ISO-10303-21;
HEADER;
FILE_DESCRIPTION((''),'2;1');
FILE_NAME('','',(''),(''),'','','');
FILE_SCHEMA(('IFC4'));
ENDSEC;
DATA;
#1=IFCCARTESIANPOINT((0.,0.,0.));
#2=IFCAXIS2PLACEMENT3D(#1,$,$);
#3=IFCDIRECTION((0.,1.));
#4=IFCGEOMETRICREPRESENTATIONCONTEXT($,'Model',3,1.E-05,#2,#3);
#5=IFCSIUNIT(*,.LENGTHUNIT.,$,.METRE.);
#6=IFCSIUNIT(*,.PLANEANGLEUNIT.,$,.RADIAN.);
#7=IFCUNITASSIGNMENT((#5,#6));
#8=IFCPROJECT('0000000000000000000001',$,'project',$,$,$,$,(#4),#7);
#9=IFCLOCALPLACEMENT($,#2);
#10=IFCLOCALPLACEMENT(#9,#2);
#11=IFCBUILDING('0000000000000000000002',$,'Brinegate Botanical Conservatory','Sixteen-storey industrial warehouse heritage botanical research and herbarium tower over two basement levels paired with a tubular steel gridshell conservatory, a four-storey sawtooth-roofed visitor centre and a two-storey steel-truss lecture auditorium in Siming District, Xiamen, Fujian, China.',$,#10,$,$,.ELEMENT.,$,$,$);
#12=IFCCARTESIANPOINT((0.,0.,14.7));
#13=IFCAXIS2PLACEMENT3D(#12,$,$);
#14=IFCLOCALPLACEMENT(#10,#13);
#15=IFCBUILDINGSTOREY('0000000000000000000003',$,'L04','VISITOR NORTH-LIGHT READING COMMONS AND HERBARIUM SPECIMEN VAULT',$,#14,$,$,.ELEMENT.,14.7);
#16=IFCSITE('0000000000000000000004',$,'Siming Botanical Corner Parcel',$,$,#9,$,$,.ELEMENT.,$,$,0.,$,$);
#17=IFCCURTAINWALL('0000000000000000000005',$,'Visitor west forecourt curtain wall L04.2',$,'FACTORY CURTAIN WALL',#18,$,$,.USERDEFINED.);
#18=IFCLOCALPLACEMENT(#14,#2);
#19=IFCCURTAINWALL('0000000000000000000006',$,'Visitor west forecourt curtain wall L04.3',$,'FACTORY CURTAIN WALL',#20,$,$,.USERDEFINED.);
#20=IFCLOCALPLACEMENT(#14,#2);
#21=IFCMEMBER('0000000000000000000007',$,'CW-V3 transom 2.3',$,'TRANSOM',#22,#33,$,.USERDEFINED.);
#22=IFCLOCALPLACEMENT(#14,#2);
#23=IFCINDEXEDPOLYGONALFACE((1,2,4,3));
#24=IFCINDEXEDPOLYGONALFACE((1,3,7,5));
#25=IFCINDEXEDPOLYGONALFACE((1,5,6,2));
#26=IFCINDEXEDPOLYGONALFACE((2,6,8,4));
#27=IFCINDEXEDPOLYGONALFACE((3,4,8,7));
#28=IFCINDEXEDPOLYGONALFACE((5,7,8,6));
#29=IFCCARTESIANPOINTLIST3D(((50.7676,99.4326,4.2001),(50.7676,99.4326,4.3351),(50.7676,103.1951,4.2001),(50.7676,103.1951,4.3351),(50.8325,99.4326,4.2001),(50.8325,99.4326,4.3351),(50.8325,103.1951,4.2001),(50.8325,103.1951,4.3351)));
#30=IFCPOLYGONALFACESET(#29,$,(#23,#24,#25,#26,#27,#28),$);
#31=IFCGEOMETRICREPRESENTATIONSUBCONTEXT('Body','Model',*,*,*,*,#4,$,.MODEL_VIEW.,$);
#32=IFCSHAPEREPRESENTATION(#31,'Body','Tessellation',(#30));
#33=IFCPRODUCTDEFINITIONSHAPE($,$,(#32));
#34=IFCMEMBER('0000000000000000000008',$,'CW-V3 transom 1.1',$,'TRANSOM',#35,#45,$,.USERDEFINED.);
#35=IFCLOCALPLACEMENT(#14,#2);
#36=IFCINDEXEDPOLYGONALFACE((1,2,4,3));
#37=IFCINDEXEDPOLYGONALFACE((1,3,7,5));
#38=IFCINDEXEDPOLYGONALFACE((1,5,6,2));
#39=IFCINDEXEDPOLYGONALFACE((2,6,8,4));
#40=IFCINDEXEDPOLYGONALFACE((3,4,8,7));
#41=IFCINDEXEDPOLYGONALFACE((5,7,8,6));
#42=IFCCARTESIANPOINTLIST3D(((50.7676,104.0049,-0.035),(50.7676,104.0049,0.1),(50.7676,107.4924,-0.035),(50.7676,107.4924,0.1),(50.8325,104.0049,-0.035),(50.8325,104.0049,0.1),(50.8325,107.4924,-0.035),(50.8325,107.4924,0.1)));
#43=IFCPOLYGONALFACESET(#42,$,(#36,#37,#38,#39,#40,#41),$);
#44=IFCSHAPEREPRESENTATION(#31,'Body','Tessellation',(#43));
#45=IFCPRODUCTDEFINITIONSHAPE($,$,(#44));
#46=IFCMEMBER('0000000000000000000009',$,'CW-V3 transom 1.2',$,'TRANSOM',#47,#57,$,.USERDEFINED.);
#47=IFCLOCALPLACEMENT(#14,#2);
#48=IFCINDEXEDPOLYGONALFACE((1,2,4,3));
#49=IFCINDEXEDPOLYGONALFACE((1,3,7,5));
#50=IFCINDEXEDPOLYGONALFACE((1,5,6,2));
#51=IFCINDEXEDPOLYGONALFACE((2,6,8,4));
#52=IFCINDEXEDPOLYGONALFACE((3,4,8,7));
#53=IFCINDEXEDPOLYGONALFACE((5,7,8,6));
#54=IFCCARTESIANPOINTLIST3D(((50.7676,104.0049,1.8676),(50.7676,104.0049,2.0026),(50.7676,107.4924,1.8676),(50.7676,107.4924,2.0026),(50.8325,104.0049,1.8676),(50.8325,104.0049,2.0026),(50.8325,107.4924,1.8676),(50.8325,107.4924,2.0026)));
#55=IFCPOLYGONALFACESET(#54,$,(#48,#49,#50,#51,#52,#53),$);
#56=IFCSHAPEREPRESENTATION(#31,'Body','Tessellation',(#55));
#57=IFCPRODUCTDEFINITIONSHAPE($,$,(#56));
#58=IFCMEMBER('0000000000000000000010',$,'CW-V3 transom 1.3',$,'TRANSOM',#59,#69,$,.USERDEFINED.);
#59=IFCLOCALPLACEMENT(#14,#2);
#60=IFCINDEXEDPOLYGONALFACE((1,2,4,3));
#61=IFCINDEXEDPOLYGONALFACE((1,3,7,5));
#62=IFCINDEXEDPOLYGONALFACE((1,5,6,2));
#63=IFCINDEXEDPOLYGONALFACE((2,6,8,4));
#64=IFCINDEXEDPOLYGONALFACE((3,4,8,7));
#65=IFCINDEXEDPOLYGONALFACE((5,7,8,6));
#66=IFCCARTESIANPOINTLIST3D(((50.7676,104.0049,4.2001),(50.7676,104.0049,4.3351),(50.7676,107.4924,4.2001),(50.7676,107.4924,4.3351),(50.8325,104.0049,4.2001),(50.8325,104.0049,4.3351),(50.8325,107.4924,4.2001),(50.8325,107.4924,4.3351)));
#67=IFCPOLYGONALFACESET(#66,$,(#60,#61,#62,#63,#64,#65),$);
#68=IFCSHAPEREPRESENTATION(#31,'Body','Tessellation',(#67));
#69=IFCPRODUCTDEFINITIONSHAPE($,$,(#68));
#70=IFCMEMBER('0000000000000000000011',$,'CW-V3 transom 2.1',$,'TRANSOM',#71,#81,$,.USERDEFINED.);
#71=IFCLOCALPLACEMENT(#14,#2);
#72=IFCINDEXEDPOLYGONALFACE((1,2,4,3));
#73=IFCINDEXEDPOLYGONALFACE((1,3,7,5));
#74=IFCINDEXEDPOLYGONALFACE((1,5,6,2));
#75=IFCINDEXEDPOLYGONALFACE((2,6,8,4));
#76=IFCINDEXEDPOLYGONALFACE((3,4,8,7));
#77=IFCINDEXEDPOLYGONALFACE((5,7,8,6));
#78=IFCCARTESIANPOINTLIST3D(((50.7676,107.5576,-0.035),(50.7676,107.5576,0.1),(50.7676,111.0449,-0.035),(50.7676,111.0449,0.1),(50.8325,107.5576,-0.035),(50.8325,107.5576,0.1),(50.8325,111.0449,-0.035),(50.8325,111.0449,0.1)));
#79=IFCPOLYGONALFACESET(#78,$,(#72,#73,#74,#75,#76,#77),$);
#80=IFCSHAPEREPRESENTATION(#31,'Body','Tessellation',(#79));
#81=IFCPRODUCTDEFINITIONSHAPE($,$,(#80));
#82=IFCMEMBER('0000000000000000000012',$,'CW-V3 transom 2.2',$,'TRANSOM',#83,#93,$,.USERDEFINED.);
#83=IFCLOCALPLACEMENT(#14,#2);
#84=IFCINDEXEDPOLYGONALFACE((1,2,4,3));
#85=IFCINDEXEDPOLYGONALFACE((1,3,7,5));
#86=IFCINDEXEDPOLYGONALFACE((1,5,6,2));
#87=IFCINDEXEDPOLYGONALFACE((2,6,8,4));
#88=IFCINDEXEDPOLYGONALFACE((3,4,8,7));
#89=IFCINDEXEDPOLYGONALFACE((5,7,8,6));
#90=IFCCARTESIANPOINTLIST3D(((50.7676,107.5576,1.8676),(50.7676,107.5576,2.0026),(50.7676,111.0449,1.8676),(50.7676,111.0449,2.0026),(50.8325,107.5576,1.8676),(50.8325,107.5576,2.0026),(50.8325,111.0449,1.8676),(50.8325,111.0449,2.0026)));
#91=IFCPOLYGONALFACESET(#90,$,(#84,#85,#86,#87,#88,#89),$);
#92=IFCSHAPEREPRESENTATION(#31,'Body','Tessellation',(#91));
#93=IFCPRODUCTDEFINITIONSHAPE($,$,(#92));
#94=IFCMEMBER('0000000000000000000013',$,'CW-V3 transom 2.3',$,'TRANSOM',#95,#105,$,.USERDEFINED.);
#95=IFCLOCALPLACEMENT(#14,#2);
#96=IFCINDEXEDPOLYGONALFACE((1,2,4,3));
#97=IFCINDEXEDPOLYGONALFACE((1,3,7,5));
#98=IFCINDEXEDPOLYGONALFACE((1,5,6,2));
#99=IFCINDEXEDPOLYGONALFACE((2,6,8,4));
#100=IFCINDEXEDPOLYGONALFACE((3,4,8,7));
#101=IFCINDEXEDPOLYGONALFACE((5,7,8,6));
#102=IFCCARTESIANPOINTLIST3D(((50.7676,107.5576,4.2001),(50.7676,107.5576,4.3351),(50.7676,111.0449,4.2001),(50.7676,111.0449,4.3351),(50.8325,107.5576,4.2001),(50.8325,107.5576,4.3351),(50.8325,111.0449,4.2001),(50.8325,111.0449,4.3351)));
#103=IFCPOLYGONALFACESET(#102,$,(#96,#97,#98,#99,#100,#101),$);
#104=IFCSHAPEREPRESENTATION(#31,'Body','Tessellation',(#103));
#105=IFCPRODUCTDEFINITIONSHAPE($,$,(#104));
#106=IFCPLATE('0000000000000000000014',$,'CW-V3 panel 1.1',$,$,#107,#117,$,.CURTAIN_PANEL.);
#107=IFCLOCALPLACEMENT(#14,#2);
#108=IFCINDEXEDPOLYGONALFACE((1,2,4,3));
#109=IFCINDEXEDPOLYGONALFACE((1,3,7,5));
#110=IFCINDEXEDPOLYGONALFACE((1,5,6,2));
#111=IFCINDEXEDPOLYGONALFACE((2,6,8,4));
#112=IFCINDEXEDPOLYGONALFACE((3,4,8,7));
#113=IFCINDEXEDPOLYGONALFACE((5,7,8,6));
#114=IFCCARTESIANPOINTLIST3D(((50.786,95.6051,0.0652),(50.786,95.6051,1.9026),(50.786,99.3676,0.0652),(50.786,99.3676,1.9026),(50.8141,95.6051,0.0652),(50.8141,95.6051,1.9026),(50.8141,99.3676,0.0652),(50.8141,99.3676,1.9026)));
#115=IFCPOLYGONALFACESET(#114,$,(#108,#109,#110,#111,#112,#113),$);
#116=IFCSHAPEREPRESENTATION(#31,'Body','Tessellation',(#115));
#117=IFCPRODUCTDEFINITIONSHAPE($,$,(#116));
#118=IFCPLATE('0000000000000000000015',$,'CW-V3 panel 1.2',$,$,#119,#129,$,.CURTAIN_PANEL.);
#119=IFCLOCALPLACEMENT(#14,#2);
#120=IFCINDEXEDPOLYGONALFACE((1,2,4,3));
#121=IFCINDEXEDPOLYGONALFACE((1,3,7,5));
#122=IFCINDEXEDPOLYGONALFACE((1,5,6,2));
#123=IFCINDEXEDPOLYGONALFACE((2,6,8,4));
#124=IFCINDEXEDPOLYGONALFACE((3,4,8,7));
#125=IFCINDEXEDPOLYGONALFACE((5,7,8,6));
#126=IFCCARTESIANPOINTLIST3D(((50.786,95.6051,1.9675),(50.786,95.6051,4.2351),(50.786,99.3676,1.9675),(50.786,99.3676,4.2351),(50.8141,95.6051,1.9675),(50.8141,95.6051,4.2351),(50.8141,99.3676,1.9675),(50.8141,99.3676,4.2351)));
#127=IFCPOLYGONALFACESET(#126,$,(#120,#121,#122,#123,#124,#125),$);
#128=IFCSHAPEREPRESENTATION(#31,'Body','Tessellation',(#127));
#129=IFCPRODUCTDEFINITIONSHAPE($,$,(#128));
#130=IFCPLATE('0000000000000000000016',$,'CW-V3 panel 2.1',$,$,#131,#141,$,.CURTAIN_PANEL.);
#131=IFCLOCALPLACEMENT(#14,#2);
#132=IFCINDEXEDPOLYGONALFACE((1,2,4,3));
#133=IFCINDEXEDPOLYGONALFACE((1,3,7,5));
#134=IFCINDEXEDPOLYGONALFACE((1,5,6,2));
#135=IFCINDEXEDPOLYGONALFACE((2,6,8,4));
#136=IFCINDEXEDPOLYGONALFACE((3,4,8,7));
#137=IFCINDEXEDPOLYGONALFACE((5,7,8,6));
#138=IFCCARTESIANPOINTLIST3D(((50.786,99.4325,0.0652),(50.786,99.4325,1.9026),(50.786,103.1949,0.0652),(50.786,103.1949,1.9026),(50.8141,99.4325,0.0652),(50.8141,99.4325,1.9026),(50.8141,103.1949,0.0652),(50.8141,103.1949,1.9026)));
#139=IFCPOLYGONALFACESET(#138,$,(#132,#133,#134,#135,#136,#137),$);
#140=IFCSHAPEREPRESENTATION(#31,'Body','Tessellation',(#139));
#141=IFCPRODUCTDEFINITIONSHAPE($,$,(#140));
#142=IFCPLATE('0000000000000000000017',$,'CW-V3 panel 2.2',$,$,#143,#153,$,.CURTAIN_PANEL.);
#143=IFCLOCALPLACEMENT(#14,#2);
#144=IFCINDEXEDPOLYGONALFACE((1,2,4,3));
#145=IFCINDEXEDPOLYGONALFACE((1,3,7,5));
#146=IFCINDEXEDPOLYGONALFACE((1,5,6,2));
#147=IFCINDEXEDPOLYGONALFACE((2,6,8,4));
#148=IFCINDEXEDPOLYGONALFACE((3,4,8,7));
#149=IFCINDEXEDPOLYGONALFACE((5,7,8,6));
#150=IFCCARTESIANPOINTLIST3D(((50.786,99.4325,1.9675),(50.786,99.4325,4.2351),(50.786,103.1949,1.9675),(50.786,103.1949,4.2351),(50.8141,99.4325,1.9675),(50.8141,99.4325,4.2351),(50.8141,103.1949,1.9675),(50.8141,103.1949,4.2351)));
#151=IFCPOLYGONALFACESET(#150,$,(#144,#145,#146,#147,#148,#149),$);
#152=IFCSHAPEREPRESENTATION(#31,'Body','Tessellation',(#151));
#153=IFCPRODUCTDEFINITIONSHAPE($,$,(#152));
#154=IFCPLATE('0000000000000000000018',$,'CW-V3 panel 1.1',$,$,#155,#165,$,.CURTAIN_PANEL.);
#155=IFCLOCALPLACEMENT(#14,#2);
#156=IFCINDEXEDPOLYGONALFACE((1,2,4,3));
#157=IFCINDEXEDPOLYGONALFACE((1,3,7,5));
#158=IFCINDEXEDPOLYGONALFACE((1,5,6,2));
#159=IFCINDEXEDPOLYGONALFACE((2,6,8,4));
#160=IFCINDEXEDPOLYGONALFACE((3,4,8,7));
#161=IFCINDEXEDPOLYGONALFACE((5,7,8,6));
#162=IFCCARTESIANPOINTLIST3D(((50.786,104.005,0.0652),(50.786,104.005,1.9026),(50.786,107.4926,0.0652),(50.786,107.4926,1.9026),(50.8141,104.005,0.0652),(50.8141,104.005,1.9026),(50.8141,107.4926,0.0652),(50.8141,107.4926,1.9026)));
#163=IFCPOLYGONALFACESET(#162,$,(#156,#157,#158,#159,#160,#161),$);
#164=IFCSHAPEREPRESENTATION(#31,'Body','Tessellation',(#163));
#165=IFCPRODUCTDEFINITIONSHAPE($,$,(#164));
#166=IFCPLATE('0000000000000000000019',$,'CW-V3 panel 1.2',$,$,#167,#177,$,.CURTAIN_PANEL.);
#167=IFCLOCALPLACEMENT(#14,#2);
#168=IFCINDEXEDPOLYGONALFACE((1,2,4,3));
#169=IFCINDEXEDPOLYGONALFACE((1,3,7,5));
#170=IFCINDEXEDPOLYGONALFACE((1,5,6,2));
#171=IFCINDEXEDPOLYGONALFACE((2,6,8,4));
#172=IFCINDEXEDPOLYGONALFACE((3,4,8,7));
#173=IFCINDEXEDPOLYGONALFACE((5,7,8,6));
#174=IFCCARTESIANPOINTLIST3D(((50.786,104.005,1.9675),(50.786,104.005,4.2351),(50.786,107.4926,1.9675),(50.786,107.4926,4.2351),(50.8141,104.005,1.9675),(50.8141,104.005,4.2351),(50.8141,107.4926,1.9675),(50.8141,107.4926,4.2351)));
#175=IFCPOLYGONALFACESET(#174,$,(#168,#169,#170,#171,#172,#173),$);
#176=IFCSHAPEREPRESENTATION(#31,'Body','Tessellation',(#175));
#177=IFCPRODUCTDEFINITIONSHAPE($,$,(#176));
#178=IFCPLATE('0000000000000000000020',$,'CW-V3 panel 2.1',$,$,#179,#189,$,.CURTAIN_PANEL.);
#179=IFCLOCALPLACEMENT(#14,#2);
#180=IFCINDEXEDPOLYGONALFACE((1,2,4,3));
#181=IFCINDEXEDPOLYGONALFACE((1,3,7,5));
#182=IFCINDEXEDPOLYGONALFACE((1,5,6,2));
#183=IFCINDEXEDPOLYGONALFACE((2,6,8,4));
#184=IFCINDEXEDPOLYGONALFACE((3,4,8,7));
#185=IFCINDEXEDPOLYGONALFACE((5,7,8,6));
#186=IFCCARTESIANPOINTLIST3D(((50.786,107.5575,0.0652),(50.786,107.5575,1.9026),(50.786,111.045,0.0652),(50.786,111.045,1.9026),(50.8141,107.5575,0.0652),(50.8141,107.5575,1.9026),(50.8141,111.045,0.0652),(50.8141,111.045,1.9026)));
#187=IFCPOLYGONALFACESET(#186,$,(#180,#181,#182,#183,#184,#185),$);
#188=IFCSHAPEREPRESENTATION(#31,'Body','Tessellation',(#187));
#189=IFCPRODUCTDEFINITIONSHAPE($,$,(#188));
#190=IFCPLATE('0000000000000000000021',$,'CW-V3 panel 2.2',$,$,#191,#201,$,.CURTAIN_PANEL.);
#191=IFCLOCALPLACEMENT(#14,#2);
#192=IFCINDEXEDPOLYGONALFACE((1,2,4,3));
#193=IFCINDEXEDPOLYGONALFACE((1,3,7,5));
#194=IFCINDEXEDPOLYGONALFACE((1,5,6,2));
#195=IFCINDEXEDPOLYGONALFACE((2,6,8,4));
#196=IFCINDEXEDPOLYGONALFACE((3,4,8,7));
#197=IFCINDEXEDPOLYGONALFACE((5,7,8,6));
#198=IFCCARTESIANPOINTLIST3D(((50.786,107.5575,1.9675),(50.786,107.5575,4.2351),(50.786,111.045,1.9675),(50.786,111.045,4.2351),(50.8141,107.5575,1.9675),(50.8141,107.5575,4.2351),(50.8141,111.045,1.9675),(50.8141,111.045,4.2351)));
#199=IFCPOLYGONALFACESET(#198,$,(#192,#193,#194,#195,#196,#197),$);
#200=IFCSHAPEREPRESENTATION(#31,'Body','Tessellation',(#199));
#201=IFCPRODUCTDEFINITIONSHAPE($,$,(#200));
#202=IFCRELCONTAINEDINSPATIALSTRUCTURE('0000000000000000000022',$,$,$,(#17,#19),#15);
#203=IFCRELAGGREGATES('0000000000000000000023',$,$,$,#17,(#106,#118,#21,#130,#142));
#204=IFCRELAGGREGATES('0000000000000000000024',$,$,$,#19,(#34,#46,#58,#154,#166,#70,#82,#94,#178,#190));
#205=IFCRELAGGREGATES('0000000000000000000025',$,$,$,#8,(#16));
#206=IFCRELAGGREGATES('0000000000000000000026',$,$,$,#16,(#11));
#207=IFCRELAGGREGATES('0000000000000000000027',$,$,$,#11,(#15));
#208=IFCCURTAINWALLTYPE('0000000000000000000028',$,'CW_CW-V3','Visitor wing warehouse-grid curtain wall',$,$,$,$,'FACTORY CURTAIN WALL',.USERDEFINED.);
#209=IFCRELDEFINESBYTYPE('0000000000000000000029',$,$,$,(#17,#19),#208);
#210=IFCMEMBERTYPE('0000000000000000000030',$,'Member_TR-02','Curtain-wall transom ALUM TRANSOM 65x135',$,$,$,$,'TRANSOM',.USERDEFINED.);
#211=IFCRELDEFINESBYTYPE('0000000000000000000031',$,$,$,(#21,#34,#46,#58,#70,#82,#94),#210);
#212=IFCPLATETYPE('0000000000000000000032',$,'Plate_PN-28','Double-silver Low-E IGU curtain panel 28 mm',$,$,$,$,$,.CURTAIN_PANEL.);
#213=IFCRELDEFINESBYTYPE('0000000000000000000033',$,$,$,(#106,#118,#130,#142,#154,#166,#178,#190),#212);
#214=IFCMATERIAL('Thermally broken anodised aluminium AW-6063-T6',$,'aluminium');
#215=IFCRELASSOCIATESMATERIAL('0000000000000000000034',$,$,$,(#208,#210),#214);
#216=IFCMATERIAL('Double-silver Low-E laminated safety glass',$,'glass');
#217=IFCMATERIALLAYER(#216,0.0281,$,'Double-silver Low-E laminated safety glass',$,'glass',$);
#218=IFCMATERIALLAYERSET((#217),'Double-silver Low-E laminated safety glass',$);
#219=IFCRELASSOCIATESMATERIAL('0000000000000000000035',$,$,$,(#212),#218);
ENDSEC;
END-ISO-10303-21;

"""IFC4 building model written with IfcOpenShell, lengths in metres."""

from ifc_helpers import new_model, si_unit, direction, frame, origin, origin_2d, place, context, subcontext, project, spatial, rectangle, extrude, material, layer, layer_set, material_profile, profile_set, type_object, element, aggregate, save


model = new_model("IFC4")

# Units and contexts
model_context = context("Model", 3, precision=1e-05, world=origin(), true_north=direction((0.0, 1.0)))
body_context = subcontext(model_context, "Body", "Model", "MODEL_VIEW")
ifc_project = project(units=[si_unit("LENGTHUNIT", "METRE"), si_unit("PLANEANGLEUNIT", "RADIAN")], contexts=[model_context])

# Site, building, storey
site_placement = place(None, origin())
site = spatial("IfcSite", under=ifc_project, at=site_placement, Name="Siming Botanical Corner Parcel", CompositionType="ELEMENT", RefElevation=0.0)
building_placement = place(site_placement, origin())
building = spatial("IfcBuilding", under=site, at=building_placement, Name="Brinegate Botanical Conservatory", Description="Sixteen-storey industrial warehouse heritage botanical research and herbarium tower over two basement levels paired with a tubular steel gridshell conservatory, a four-storey sawtooth-roofed visitor centre and a two-storey steel-truss lecture auditorium in Siming District, Xiamen, Fujian, China.", CompositionType="ELEMENT")
storey_placement = place(building_placement, frame((0.0, 0.0, 14.7)))
storey = spatial("IfcBuildingStorey", under=building, at=storey_placement, Name="L04", Description="VISITOR NORTH-LIGHT READING COMMONS AND HERBARIUM SPECIMEN VAULT", CompositionType="ELEMENT", Elevation=14.7)

# Curtain walls
ifc_material_1 = material(Name="Thermally broken anodised aluminium AW-6063-T6", Category="aluminium")
curtain_wall_type = type_object("IfcCurtainWallType", Name="CW_CW-V3", Description="Visitor wing warehouse-grid curtain wall", ElementType="FACTORY CURTAIN WALL", PredefinedType="USERDEFINED", material=ifc_material_1)
curtain_wall_1_placement = place(storey_placement, origin())
curtain_wall_1 = element("IfcCurtainWall", 1, at=curtain_wall_1_placement, inside=storey, type_object=curtain_wall_type, Name="Visitor west forecourt curtain wall L04.2", ObjectType="FACTORY CURTAIN WALL", PredefinedType="USERDEFINED")
curtain_wall_2_placement = place(storey_placement, origin())
curtain_wall_2 = element("IfcCurtainWall", 2, at=curtain_wall_2_placement, inside=storey, type_object=curtain_wall_type, Name="Visitor west forecourt curtain wall L04.3", ObjectType="FACTORY CURTAIN WALL", PredefinedType="USERDEFINED")

# Members
ifc_material_profile_1 = material_profile(ifc_material_1, rectangle(XDim=0.0649, YDim=0.135, at=origin_2d()), Name="ALUM TRANSOM 65x135")
ifc_profile_set_1 = profile_set([ifc_material_profile_1], Name="Thermally broken anodised aluminium AW-6063-T6")
member_type_1 = type_object("IfcMemberType", Name="Member_TR-02", Description="Curtain-wall transom ALUM TRANSOM 65x135", ElementType="TRANSOM", PredefinedType="USERDEFINED", material=ifc_profile_set_1)
member_1_placement = place(storey_placement, frame((50.8, 99.4326, 4.2676), z_axis=(0.0, 1.0, 0.0), x_axis=(-1.0, 0.0, 0.0)))
member_1 = element("IfcMember", 3, at=member_1_placement, type_object=member_type_1, Name="CW-V3 transom 2.3", ObjectType="TRANSOM", PredefinedType="USERDEFINED", context=body_context, shape_type="SweptSolid", body=[
    extrude(rectangle(XDim=0.0649, YDim=0.135, at=origin_2d()), origin(), (0.0, 0.0, 1.0), 3.7625),
])
member_2_placement = place(storey_placement, frame((50.8, 104.0049, 0.0325), z_axis=(0.0, 1.0, 0.0), x_axis=(-1.0, 0.0, 0.0)))
member_2 = element("IfcMember", 4, at=member_2_placement, type_object=member_type_1, Name="CW-V3 transom 1.1", ObjectType="TRANSOM", PredefinedType="USERDEFINED", context=body_context, shape_type="SweptSolid", body=[
    extrude(rectangle(XDim=0.0649, YDim=0.135, at=origin_2d()), origin(), (0.0, 0.0, 1.0), 3.4875),
])
member_3_placement = place(storey_placement, frame((50.8, 104.0049, 1.9351), z_axis=(0.0, 1.0, 0.0), x_axis=(-1.0, 0.0, 0.0)))
member_3 = element("IfcMember", 5, at=member_3_placement, type_object=member_type_1, Name="CW-V3 transom 1.2", ObjectType="TRANSOM", PredefinedType="USERDEFINED", context=body_context, shape_type="SweptSolid", body=[
    extrude(rectangle(XDim=0.0649, YDim=0.135, at=origin_2d()), origin(), (0.0, 0.0, 1.0), 3.4875),
])
member_4_placement = place(storey_placement, frame((50.8, 104.0049, 4.2676), z_axis=(0.0, 1.0, 0.0), x_axis=(-1.0, 0.0, 0.0)))
member_4 = element("IfcMember", 6, at=member_4_placement, type_object=member_type_1, Name="CW-V3 transom 1.3", ObjectType="TRANSOM", PredefinedType="USERDEFINED", context=body_context, shape_type="SweptSolid", body=[
    extrude(rectangle(XDim=0.0649, YDim=0.135, at=origin_2d()), origin(), (0.0, 0.0, 1.0), 3.4875),
])
member_5_placement = place(storey_placement, frame((50.8, 107.5576, 0.0325), z_axis=(0.0, 1.0, 0.0), x_axis=(-1.0, 0.0, 0.0)))
member_5 = element("IfcMember", 7, at=member_5_placement, type_object=member_type_1, Name="CW-V3 transom 2.1", ObjectType="TRANSOM", PredefinedType="USERDEFINED", context=body_context, shape_type="SweptSolid", body=[
    extrude(rectangle(XDim=0.0649, YDim=0.135, at=origin_2d()), origin(), (0.0, 0.0, 1.0), 3.4873),
])
member_6_placement = place(storey_placement, frame((50.8, 107.5576, 1.9351), z_axis=(0.0, 1.0, 0.0), x_axis=(-1.0, 0.0, 0.0)))
member_6 = element("IfcMember", 8, at=member_6_placement, type_object=member_type_1, Name="CW-V3 transom 2.2", ObjectType="TRANSOM", PredefinedType="USERDEFINED", context=body_context, shape_type="SweptSolid", body=[
    extrude(rectangle(XDim=0.0649, YDim=0.135, at=origin_2d()), origin(), (0.0, 0.0, 1.0), 3.4873),
])
member_7_placement = place(storey_placement, frame((50.8, 107.5576, 4.2676), z_axis=(0.0, 1.0, 0.0), x_axis=(-1.0, 0.0, 0.0)))
member_7 = element("IfcMember", 9, at=member_7_placement, type_object=member_type_1, Name="CW-V3 transom 2.3", ObjectType="TRANSOM", PredefinedType="USERDEFINED", context=body_context, shape_type="SweptSolid", body=[
    extrude(rectangle(XDim=0.0649, YDim=0.135, at=origin_2d()), origin(), (0.0, 0.0, 1.0), 3.4873),
])

# Plates
ifc_material_2 = material(Name="Double-silver Low-E laminated safety glass", Category="glass")
ifc_layer = layer(ifc_material_2, 0.0281, Name="Double-silver Low-E laminated safety glass", Category="glass")
ifc_layer_set = layer_set([ifc_layer], Name="Double-silver Low-E laminated safety glass")
plate_type = type_object("IfcPlateType", Name="Plate_PN-28", Description="Double-silver Low-E IGU curtain panel 28 mm", PredefinedType="CURTAIN_PANEL", material=ifc_layer_set)
plate_1_placement = place(storey_placement, frame((50.8, 97.4863, 0.0652), z_axis=(0.0, 0.0, 1.0), x_axis=(0.0, 1.0, 0.0)))
plate_1 = element("IfcPlate", 10, at=plate_1_placement, type_object=plate_type, Name="CW-V3 panel 1.1", PredefinedType="CURTAIN_PANEL", context=body_context, shape_type="SweptSolid", body=[
    extrude(rectangle(XDim=3.7625, YDim=0.0281, at=origin_2d()), origin(), (0.0, 0.0, 1.0), 1.8374),
])
plate_2_placement = place(storey_placement, frame((50.8, 97.4863, 1.9675), z_axis=(0.0, 0.0, 1.0), x_axis=(0.0, 1.0, 0.0)))
plate_2 = element("IfcPlate", 11, at=plate_2_placement, type_object=plate_type, Name="CW-V3 panel 1.2", PredefinedType="CURTAIN_PANEL", context=body_context, shape_type="SweptSolid", body=[
    extrude(rectangle(XDim=3.7625, YDim=0.0281, at=origin_2d()), origin(), (0.0, 0.0, 1.0), 2.2676),
])
plate_3_placement = place(storey_placement, frame((50.8, 101.3137, 0.0652), z_axis=(0.0, 0.0, 1.0), x_axis=(0.0, 1.0, 0.0)))
plate_3 = element("IfcPlate", 12, at=plate_3_placement, type_object=plate_type, Name="CW-V3 panel 2.1", PredefinedType="CURTAIN_PANEL", context=body_context, shape_type="SweptSolid", body=[
    extrude(rectangle(XDim=3.7625, YDim=0.0281, at=origin_2d()), origin(), (0.0, 0.0, 1.0), 1.8374),
])
plate_4_placement = place(storey_placement, frame((50.8, 101.3137, 1.9675), z_axis=(0.0, 0.0, 1.0), x_axis=(0.0, 1.0, 0.0)))
plate_4 = element("IfcPlate", 13, at=plate_4_placement, type_object=plate_type, Name="CW-V3 panel 2.2", PredefinedType="CURTAIN_PANEL", context=body_context, shape_type="SweptSolid", body=[
    extrude(rectangle(XDim=3.7625, YDim=0.0281, at=origin_2d()), origin(), (0.0, 0.0, 1.0), 2.2676),
])
aggregate(curtain_wall_1, [plate_1, plate_2, member_1, plate_3, plate_4])
plate_5_placement = place(storey_placement, frame((50.8, 105.7488, 0.0652), z_axis=(0.0, 0.0, 1.0), x_axis=(0.0, 1.0, 0.0)))
plate_5 = element("IfcPlate", 14, at=plate_5_placement, type_object=plate_type, Name="CW-V3 panel 1.1", PredefinedType="CURTAIN_PANEL", context=body_context, shape_type="SweptSolid", body=[
    extrude(rectangle(XDim=3.4875, YDim=0.0281, at=origin_2d()), origin(), (0.0, 0.0, 1.0), 1.8374),
])
plate_6_placement = place(storey_placement, frame((50.8, 105.7488, 1.9675), z_axis=(0.0, 0.0, 1.0), x_axis=(0.0, 1.0, 0.0)))
plate_6 = element("IfcPlate", 15, at=plate_6_placement, type_object=plate_type, Name="CW-V3 panel 1.2", PredefinedType="CURTAIN_PANEL", context=body_context, shape_type="SweptSolid", body=[
    extrude(rectangle(XDim=3.4875, YDim=0.0281, at=origin_2d()), origin(), (0.0, 0.0, 1.0), 2.2676),
])
plate_7_placement = place(storey_placement, frame((50.8, 109.3013, 0.0652), z_axis=(0.0, 0.0, 1.0), x_axis=(0.0, 1.0, 0.0)))
plate_7 = element("IfcPlate", 16, at=plate_7_placement, type_object=plate_type, Name="CW-V3 panel 2.1", PredefinedType="CURTAIN_PANEL", context=body_context, shape_type="SweptSolid", body=[
    extrude(rectangle(XDim=3.4875, YDim=0.0281, at=origin_2d()), origin(), (0.0, 0.0, 1.0), 1.8374),
])
plate_8_placement = place(storey_placement, frame((50.8, 109.3013, 1.9675), z_axis=(0.0, 0.0, 1.0), x_axis=(0.0, 1.0, 0.0)))
plate_8 = element("IfcPlate", 17, at=plate_8_placement, type_object=plate_type, Name="CW-V3 panel 2.2", PredefinedType="CURTAIN_PANEL", context=body_context, shape_type="SweptSolid", body=[
    extrude(rectangle(XDim=3.4875, YDim=0.0281, at=origin_2d()), origin(), (0.0, 0.0, 1.0), 2.2676),
])
aggregate(curtain_wall_2, [member_2, member_3, member_4, plate_5, plate_6, member_5, member_6, member_7, plate_7, plate_8])

save(model, "model.ifc")
